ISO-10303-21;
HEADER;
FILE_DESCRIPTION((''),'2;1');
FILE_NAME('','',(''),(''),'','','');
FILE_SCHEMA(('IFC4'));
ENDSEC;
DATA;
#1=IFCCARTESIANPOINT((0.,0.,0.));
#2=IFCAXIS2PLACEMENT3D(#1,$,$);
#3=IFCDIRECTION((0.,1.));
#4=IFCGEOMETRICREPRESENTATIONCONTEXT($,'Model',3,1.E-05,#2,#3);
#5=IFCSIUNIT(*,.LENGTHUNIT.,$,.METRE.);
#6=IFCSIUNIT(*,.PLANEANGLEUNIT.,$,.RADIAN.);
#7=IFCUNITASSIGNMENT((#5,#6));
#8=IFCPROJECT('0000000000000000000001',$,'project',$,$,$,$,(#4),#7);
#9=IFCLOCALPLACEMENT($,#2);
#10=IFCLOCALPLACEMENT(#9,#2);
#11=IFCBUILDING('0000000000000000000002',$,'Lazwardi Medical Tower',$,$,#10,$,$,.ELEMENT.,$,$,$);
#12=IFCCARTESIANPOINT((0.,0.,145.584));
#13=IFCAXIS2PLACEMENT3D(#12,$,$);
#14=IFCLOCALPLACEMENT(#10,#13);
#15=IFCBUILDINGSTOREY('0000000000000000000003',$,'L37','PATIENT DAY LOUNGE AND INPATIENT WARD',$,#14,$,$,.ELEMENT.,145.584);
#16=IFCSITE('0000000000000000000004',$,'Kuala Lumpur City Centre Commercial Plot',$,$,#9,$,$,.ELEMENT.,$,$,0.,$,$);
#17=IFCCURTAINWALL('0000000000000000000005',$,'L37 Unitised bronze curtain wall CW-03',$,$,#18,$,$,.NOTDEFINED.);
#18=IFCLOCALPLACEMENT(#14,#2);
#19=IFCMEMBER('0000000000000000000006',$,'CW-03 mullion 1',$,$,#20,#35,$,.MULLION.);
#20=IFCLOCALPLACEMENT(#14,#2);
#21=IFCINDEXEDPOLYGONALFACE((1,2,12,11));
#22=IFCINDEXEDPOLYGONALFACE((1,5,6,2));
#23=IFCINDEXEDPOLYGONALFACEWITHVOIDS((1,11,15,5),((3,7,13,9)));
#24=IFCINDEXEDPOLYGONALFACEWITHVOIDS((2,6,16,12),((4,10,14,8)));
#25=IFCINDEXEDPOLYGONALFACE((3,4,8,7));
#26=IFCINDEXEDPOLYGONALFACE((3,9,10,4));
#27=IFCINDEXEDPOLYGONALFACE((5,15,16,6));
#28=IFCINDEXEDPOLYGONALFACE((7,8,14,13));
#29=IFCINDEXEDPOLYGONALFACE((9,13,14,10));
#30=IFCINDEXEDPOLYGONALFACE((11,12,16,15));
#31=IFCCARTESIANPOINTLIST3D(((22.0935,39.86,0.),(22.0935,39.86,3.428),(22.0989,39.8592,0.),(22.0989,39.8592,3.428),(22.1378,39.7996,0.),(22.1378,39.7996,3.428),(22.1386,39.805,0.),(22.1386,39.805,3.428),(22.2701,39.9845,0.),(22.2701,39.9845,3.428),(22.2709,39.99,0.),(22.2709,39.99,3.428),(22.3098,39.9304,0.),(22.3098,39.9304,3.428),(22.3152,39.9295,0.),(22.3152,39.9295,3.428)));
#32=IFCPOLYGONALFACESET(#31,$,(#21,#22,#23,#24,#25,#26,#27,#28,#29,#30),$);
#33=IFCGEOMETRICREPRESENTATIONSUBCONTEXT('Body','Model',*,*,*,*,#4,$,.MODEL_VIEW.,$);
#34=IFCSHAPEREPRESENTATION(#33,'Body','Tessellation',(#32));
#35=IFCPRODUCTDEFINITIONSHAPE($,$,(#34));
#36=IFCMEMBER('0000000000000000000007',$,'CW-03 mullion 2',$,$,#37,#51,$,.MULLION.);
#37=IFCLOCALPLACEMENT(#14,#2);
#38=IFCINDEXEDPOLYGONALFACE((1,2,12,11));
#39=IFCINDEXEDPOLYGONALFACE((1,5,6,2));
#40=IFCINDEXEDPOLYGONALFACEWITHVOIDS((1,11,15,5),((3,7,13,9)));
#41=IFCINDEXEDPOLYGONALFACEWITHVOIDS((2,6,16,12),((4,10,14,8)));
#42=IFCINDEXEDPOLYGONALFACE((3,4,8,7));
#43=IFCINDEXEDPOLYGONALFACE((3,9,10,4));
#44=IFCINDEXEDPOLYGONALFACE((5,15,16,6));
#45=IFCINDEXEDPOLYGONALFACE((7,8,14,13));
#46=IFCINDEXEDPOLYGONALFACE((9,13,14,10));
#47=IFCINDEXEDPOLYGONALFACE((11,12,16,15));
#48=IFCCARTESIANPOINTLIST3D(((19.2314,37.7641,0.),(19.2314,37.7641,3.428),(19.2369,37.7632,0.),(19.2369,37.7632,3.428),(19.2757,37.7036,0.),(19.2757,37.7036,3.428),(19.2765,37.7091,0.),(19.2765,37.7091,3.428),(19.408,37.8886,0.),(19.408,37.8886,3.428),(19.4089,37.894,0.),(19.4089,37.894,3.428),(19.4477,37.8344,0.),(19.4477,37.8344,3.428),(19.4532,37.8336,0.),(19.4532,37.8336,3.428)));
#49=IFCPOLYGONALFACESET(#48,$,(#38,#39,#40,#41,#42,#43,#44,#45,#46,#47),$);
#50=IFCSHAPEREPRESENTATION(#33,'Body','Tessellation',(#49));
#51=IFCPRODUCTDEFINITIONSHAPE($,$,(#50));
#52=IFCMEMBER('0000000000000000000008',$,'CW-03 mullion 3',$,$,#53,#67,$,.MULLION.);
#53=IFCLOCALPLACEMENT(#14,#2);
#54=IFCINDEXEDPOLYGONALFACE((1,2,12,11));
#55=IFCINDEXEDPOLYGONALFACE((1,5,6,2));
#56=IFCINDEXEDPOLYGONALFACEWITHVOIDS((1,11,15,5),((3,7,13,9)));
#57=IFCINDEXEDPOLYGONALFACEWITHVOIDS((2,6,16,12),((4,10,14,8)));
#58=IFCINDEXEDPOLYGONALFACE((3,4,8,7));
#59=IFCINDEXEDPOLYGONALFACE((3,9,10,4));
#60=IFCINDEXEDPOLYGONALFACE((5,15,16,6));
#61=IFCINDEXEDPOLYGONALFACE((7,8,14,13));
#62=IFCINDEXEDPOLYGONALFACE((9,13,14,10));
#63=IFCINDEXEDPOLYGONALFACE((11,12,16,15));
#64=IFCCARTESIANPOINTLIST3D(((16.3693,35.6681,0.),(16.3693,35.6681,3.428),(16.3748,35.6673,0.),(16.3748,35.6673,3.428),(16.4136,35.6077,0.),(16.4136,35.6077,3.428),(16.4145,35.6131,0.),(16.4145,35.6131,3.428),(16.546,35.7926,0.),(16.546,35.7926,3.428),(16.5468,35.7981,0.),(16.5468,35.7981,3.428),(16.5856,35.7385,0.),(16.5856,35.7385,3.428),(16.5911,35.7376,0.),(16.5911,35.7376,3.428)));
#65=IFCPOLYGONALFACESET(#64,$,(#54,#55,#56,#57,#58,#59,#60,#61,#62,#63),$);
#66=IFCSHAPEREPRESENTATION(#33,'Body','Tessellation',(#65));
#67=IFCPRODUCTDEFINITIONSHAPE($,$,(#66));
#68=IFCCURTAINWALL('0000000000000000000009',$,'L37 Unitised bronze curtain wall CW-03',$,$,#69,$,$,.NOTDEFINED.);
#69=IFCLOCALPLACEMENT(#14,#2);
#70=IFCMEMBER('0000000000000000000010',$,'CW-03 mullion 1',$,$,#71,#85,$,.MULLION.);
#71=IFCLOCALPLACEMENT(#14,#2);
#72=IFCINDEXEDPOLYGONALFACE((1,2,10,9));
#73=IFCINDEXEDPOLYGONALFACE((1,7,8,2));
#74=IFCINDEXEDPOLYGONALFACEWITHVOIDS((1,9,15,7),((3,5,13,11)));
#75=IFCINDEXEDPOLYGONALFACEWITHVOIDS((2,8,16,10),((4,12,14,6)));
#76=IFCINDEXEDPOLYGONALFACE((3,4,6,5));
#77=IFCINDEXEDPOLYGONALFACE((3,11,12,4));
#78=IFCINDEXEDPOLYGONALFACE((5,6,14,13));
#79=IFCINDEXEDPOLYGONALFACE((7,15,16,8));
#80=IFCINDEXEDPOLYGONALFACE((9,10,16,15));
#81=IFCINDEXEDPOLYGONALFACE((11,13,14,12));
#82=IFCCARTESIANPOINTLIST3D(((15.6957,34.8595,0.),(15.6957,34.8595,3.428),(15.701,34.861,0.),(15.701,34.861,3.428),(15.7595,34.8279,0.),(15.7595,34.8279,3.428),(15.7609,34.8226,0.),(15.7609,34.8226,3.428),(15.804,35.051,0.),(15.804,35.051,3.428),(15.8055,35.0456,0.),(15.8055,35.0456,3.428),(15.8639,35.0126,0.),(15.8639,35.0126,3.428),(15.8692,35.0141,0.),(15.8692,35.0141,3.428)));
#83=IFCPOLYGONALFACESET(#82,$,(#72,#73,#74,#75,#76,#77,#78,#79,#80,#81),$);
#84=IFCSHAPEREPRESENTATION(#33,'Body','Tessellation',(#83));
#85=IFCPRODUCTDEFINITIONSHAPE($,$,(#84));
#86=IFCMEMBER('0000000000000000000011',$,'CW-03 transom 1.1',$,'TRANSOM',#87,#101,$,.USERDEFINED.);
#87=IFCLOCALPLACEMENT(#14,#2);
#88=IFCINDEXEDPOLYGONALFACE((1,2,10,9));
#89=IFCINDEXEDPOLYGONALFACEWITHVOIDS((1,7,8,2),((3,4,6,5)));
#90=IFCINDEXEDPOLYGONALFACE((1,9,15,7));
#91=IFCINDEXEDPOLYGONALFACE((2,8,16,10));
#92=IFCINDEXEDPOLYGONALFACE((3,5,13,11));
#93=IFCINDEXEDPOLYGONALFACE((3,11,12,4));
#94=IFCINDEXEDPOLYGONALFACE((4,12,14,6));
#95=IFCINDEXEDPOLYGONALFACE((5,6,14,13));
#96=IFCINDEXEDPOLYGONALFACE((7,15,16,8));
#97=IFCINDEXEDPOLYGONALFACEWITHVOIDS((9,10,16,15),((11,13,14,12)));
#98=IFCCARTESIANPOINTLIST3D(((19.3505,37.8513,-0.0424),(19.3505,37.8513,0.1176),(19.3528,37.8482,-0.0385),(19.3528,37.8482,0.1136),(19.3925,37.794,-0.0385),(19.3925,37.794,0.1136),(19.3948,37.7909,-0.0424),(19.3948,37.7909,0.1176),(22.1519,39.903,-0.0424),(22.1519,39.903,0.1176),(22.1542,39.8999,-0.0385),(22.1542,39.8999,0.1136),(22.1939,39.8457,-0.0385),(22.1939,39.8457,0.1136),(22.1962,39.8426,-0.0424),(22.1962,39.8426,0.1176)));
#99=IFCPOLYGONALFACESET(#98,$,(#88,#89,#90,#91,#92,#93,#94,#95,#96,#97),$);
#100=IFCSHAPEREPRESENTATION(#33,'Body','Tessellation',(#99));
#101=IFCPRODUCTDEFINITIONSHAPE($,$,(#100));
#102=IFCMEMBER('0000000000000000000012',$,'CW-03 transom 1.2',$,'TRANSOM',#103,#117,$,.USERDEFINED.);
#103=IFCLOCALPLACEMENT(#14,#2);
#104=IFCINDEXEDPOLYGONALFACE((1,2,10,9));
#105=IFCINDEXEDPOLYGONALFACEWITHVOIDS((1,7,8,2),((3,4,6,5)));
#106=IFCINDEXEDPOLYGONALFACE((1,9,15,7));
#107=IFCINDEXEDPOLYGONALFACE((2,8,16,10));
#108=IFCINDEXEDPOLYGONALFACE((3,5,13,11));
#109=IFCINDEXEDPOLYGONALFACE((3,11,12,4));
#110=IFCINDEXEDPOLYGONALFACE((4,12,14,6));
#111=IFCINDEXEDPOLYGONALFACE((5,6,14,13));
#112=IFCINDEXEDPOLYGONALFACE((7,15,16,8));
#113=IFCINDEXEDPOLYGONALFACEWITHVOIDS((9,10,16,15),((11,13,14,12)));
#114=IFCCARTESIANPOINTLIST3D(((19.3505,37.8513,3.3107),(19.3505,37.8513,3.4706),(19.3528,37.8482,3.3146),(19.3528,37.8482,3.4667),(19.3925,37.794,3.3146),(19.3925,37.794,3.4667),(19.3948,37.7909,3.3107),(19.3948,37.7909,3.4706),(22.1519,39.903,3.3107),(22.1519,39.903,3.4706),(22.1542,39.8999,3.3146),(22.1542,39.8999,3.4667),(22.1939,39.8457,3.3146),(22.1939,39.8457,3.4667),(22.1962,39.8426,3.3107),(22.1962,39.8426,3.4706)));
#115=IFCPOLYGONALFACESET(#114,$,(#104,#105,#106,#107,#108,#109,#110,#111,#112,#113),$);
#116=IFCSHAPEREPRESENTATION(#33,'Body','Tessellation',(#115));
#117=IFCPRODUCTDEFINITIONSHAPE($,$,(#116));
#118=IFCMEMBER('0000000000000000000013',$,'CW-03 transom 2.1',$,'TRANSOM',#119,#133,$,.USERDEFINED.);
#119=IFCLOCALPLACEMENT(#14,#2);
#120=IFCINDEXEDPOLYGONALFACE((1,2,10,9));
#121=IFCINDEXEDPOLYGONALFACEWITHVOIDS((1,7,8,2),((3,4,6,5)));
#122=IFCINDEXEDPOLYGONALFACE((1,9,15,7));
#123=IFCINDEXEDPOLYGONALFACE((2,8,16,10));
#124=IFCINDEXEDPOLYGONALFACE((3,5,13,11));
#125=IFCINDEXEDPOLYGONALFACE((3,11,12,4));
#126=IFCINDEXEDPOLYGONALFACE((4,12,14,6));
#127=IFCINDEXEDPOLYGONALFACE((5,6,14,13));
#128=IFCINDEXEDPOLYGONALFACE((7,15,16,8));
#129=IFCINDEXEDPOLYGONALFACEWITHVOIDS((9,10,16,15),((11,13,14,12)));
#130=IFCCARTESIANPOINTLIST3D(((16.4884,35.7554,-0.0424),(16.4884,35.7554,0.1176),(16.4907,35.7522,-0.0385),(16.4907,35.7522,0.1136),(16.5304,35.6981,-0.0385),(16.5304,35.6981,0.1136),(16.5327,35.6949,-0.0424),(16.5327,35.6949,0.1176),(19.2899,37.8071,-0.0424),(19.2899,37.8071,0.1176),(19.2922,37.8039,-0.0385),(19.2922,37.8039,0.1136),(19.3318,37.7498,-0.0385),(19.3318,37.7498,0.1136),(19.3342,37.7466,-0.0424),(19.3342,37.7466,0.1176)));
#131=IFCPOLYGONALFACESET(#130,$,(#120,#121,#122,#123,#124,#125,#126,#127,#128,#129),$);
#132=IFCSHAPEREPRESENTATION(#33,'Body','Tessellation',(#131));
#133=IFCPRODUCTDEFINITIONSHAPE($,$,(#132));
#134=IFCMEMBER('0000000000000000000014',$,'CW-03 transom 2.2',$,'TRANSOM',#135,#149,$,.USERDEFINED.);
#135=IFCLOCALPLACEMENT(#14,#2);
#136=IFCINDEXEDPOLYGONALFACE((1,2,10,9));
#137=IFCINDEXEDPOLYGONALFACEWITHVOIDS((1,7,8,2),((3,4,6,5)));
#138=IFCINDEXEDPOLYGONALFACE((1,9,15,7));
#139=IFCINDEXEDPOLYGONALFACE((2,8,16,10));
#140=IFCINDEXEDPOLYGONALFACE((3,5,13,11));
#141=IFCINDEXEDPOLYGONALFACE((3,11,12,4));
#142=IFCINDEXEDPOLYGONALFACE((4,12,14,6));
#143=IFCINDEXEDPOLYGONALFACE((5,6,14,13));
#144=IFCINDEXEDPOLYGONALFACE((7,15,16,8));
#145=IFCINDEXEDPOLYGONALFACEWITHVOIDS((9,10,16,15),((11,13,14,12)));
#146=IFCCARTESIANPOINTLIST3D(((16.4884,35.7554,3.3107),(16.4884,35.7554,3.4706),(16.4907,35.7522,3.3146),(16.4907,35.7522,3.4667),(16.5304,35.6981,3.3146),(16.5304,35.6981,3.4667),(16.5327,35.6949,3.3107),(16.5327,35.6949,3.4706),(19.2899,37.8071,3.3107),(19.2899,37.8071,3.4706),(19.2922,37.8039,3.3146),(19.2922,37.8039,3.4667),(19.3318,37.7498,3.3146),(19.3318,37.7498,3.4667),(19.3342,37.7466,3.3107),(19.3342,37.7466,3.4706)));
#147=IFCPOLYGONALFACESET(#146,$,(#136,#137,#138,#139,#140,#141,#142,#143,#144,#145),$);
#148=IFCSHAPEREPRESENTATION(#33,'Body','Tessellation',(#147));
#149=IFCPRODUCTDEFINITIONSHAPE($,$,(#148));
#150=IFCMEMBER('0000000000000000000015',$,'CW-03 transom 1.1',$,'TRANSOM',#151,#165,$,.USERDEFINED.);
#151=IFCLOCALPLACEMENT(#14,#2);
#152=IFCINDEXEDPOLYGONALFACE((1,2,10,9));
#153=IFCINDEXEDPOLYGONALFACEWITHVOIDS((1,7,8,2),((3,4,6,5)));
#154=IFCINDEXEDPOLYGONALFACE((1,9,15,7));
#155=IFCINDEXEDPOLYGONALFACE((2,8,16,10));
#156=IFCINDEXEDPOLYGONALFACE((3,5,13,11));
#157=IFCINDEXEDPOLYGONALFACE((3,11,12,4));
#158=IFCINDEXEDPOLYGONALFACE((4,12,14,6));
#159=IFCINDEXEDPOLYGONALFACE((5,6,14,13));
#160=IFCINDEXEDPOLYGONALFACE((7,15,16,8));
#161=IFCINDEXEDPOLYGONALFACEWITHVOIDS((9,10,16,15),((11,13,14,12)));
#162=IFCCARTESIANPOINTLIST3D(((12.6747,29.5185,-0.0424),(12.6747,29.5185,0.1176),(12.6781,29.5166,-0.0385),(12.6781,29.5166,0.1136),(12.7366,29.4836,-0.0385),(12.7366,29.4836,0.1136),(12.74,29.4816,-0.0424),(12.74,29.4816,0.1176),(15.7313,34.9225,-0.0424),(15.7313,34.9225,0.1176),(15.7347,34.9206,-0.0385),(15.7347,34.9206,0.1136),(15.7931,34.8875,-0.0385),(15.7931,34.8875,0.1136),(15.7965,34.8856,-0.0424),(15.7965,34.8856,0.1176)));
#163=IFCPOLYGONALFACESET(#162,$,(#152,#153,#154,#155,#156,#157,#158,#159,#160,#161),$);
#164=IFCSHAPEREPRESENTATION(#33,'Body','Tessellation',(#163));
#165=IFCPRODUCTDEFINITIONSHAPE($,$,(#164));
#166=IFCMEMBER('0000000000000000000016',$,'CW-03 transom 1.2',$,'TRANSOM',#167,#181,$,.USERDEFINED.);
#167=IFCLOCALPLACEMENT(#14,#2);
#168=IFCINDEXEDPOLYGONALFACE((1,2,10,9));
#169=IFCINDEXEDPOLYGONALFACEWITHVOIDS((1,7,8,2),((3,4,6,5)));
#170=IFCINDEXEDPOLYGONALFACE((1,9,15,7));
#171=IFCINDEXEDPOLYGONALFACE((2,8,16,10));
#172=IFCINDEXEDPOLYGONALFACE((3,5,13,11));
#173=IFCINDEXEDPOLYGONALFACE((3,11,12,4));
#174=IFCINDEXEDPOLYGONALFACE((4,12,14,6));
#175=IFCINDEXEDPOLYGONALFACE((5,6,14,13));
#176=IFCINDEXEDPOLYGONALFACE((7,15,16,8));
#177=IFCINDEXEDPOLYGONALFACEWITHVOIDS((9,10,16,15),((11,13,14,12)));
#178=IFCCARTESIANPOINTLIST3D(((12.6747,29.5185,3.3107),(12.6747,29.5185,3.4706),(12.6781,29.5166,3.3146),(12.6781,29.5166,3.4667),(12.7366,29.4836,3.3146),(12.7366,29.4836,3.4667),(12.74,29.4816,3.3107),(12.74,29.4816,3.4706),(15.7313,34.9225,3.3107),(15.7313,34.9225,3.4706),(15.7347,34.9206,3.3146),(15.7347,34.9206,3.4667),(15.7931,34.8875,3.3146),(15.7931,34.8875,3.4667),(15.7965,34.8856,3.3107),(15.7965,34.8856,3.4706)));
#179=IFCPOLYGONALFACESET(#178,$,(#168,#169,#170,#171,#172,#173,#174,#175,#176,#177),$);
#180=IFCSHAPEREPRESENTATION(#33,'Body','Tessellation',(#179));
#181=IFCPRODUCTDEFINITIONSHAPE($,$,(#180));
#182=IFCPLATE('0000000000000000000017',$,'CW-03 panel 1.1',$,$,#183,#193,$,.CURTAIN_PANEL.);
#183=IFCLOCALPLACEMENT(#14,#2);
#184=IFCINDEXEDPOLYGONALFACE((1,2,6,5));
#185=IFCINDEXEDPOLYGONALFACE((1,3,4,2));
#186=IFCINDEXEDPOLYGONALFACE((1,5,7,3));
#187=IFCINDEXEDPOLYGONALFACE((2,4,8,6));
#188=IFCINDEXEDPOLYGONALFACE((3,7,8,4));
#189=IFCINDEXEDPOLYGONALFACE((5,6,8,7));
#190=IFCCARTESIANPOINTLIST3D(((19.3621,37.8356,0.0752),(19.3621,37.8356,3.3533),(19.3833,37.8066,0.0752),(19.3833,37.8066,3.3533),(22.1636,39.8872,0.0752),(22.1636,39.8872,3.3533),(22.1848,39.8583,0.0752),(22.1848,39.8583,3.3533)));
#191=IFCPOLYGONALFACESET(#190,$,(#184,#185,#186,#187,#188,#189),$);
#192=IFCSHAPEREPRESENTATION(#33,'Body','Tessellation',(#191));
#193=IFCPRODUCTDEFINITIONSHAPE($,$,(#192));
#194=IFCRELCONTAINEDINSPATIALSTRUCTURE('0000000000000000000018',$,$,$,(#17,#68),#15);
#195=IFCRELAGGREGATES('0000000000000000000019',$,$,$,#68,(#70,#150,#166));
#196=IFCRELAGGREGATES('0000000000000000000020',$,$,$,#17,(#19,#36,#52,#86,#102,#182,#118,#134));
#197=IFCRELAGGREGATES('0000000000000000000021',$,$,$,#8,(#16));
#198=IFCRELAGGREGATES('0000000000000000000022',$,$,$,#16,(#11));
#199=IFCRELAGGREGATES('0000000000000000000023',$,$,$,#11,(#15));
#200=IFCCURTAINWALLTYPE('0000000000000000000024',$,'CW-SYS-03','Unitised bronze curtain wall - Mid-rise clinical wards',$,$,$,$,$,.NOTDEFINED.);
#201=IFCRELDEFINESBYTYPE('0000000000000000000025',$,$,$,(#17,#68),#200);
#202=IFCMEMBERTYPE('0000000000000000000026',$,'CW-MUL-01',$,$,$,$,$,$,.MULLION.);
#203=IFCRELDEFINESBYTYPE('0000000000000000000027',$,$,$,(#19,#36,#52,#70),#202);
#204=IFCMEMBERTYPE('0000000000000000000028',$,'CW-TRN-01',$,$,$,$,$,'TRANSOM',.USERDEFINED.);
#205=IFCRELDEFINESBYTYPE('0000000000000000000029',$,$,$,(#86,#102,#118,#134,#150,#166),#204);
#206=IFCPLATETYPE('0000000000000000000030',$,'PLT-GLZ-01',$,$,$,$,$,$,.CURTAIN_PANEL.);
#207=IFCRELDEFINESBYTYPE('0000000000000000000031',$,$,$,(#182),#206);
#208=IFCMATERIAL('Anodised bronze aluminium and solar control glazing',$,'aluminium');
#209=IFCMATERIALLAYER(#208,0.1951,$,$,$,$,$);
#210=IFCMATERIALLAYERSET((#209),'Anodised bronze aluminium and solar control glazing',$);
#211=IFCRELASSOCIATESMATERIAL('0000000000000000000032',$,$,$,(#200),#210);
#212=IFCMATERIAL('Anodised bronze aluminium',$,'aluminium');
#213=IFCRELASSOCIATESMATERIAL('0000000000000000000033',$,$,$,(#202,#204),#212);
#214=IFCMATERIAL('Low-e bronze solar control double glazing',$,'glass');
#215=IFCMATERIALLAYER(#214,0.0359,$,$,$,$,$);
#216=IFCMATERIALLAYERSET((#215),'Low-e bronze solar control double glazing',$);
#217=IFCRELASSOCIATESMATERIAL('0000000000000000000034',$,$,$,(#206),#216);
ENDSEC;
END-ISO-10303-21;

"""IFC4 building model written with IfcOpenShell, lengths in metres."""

from ifc_helpers import new_model, si_unit, direction, frame, origin, origin_2d, place, context, subcontext, project, spatial, rectangle, hollow_rectangle, extrude, material, layer, layer_set, material_profile, profile_set, type_object, element, aggregate, save


model = new_model("IFC4")

# Units and contexts
model_context = context("Model", 3, precision=1e-05, world=origin(), true_north=direction((0.0, 1.0)))
body_context = subcontext(model_context, "Body", "Model", "MODEL_VIEW")
ifc_project = project(units=[si_unit("LENGTHUNIT", "METRE"), si_unit("PLANEANGLEUNIT", "RADIAN")], contexts=[model_context])

# Site, building, storey
site_placement = place(None, origin())
site = spatial("IfcSite", under=ifc_project, at=site_placement, Name="Kuala Lumpur City Centre Commercial Plot", CompositionType="ELEMENT", RefElevation=0.0)
building_placement = place(site_placement, origin())
building = spatial("IfcBuilding", under=site, at=building_placement, Name="Lazwardi Medical Tower", CompositionType="ELEMENT")
storey_placement = place(building_placement, frame((0.0, 0.0, 145.584)))
storey = spatial("IfcBuildingStorey", under=building, at=storey_placement, Name="L37", Description="PATIENT DAY LOUNGE AND INPATIENT WARD", CompositionType="ELEMENT", Elevation=145.584)

# Shared definitions
ifc_material_1 = material(Name="Anodised bronze aluminium and solar control glazing", Category="aluminium")
ifc_layer_1 = layer(ifc_material_1, 0.1951)
ifc_layer_set_1 = layer_set([ifc_layer_1], Name="Anodised bronze aluminium and solar control glazing")
curtain_wall_type = type_object("IfcCurtainWallType", Name="CW-SYS-03", Description="Unitised bronze curtain wall - Mid-rise clinical wards", PredefinedType="NOTDEFINED", material=ifc_layer_set_1)
ifc_material_2 = material(Name="Anodised bronze aluminium", Category="aluminium")
ifc_material_profile_1 = material_profile(ifc_material_2, hollow_rectangle(XDim=0.075, YDim=0.22, WallThickness=0.0039, at=origin_2d()), Name="ALU-MULLION 220x75x4")
ifc_profile_set_1 = profile_set([ifc_material_profile_1], Name="Anodised bronze aluminium")
member_type_1 = type_object("IfcMemberType", Name="CW-MUL-01", PredefinedType="MULLION", material=ifc_profile_set_1)

# Curtain wall, members
curtain_wall_1_placement = place(storey_placement, origin())
curtain_wall_1 = element("IfcCurtainWall", 1, at=curtain_wall_1_placement, inside=storey, type_object=curtain_wall_type, Name="L37 Unitised bronze curtain wall CW-03", PredefinedType="NOTDEFINED")
member_1_placement = place(storey_placement, frame((22.2043, 39.8948, 0.0), z_axis=(0.0, 0.0, 1.0), x_axis=(0.590834, -0.806793, 0.0)))
member_1 = element("IfcMember", 2, at=member_1_placement, type_object=member_type_1, Name="CW-03 mullion 1", PredefinedType="MULLION", context=body_context, shape_type="SweptSolid", body=[
    extrude(hollow_rectangle(XDim=0.075, YDim=0.22, WallThickness=0.0039, at=origin_2d()), origin(), (0.0, 0.0, 1.0), 3.428),
])
member_2_placement = place(storey_placement, frame((19.3423, 37.7988, 0.0), z_axis=(0.0, 0.0, 1.0), x_axis=(0.590834, -0.806793, 0.0)))
member_2 = element("IfcMember", 3, at=member_2_placement, type_object=member_type_1, Name="CW-03 mullion 2", PredefinedType="MULLION", context=body_context, shape_type="SweptSolid", body=[
    extrude(hollow_rectangle(XDim=0.075, YDim=0.22, WallThickness=0.0039, at=origin_2d()), origin(), (0.0, 0.0, 1.0), 3.428),
])
member_3_placement = place(storey_placement, frame((16.4802, 35.7029, 0.0), z_axis=(0.0, 0.0, 1.0), x_axis=(0.590834, -0.806793, 0.0)))
member_3 = element("IfcMember", 4, at=member_3_placement, type_object=member_type_1, Name="CW-03 mullion 3", PredefinedType="MULLION", context=body_context, shape_type="SweptSolid", body=[
    extrude(hollow_rectangle(XDim=0.075, YDim=0.22, WallThickness=0.0039, at=origin_2d()), origin(), (0.0, 0.0, 1.0), 3.428),
])

# Curtain wall, member
curtain_wall_2_placement = place(storey_placement, origin())
curtain_wall_2 = element("IfcCurtainWall", 5, at=curtain_wall_2_placement, inside=storey, type_object=curtain_wall_type, Name="L37 Unitised bronze curtain wall CW-03", PredefinedType="NOTDEFINED")
member_4_placement = place(storey_placement, frame((15.7825, 34.9368, 0.0), z_axis=(0.0, 0.0, 1.0), x_axis=(0.870419, -0.492312, 0.0)))
member_4 = element("IfcMember", 6, at=member_4_placement, type_object=member_type_1, Name="CW-03 mullion 1", PredefinedType="MULLION", context=body_context, shape_type="SweptSolid", body=[
    extrude(hollow_rectangle(XDim=0.075, YDim=0.22, WallThickness=0.0039, at=origin_2d()), origin(), (0.0, 0.0, 1.0), 3.428),
])

# Members
ifc_material_profile_2 = material_profile(ifc_material_2, hollow_rectangle(XDim=0.075, YDim=0.1599, WallThickness=0.0039, at=origin_2d()), Name="ALU-TRANSOM 160x75x4")
ifc_profile_set_2 = profile_set([ifc_material_profile_2], Name="Anodised bronze aluminium")
member_type_2 = type_object("IfcMemberType", Name="CW-TRN-01", ElementType="TRANSOM", PredefinedType="USERDEFINED", material=ifc_profile_set_2)
member_5_placement = place(storey_placement, frame((22.1741, 39.8728, 0.0376), z_axis=(-0.806774, -0.590861, 0.0), x_axis=(0.590861, -0.806774, 0.0)))
member_5 = element("IfcMember", 7, at=member_5_placement, type_object=member_type_2, Name="CW-03 transom 1.1", ObjectType="TRANSOM", PredefinedType="USERDEFINED", context=body_context, shape_type="SweptSolid", body=[
    extrude(hollow_rectangle(XDim=0.075, YDim=0.1599, WallThickness=0.0039, at=origin_2d()), origin(), (0.0, 0.0, 1.0), 3.4724),
])
member_6_placement = place(storey_placement, frame((22.1741, 39.8728, 3.3906), z_axis=(-0.806774, -0.590861, 0.0), x_axis=(0.590861, -0.806774, 0.0)))
member_6 = element("IfcMember", 8, at=member_6_placement, type_object=member_type_2, Name="CW-03 transom 1.2", ObjectType="TRANSOM", PredefinedType="USERDEFINED", context=body_context, shape_type="SweptSolid", body=[
    extrude(hollow_rectangle(XDim=0.075, YDim=0.1599, WallThickness=0.0039, at=origin_2d()), origin(), (0.0, 0.0, 1.0), 3.4724),
])
member_7_placement = place(storey_placement, frame((19.312, 37.7769, 0.0376), z_axis=(-0.806774, -0.590861, 0.0), x_axis=(0.590861, -0.806774, 0.0)))
member_7 = element("IfcMember", 9, at=member_7_placement, type_object=member_type_2, Name="CW-03 transom 2.1", ObjectType="TRANSOM", PredefinedType="USERDEFINED", context=body_context, shape_type="SweptSolid", body=[
    extrude(hollow_rectangle(XDim=0.075, YDim=0.1599, WallThickness=0.0039, at=origin_2d()), origin(), (0.0, 0.0, 1.0), 3.4724),
])
member_8_placement = place(storey_placement, frame((19.312, 37.7769, 3.3906), z_axis=(-0.806774, -0.590861, 0.0), x_axis=(0.590861, -0.806774, 0.0)))
member_8 = element("IfcMember", 10, at=member_8_placement, type_object=member_type_2, Name="CW-03 transom 2.2", ObjectType="TRANSOM", PredefinedType="USERDEFINED", context=body_context, shape_type="SweptSolid", body=[
    extrude(hollow_rectangle(XDim=0.075, YDim=0.1599, WallThickness=0.0039, at=origin_2d()), origin(), (0.0, 0.0, 1.0), 3.4724),
])
member_9_placement = place(storey_placement, frame((15.7639, 34.9041, 0.0376), z_axis=(-0.492323, -0.870413, 0.0), x_axis=(0.870413, -0.492323, 0.0)))
member_9 = element("IfcMember", 11, at=member_9_placement, type_object=member_type_2, Name="CW-03 transom 1.1", ObjectType="TRANSOM", PredefinedType="USERDEFINED", context=body_context, shape_type="SweptSolid", body=[
    extrude(hollow_rectangle(XDim=0.075, YDim=0.1599, WallThickness=0.0039, at=origin_2d()), origin(), (0.0, 0.0, 1.0), 6.2085),
])
member_10_placement = place(storey_placement, frame((15.7639, 34.9041, 3.3906), z_axis=(-0.492323, -0.870413, 0.0), x_axis=(0.870413, -0.492323, 0.0)))
member_10 = element("IfcMember", 12, at=member_10_placement, type_object=member_type_2, Name="CW-03 transom 1.2", ObjectType="TRANSOM", PredefinedType="USERDEFINED", context=body_context, shape_type="SweptSolid", body=[
    extrude(hollow_rectangle(XDim=0.075, YDim=0.1599, WallThickness=0.0039, at=origin_2d()), origin(), (0.0, 0.0, 1.0), 6.2085),
])
aggregate(curtain_wall_2, [member_4, member_9, member_10])

# Plate
ifc_material_3 = material(Name="Low-e bronze solar control double glazing", Category="glass")
ifc_layer_2 = layer(ifc_material_3, 0.0359)
ifc_layer_set_2 = layer_set([ifc_layer_2], Name="Low-e bronze solar control double glazing")
plate_type = type_object("IfcPlateType", Name="PLT-GLZ-01", PredefinedType="CURTAIN_PANEL", material=ifc_layer_set_2)
plate_1_placement = place(storey_placement, frame((20.7734, 38.8469, 0.0752), z_axis=(0.0, 0.0, 1.0), x_axis=(-0.806793, -0.590834, 0.0)))
plate_1 = element("IfcPlate", 13, at=plate_1_placement, type_object=plate_type, Name="CW-03 panel 1.1", PredefinedType="CURTAIN_PANEL", context=body_context, shape_type="SweptSolid", body=[
    extrude(rectangle(XDim=3.4724, YDim=0.0359, at=origin_2d()), origin(), (0.0, 0.0, 1.0), 3.2781),
])
aggregate(curtain_wall_1, [member_1, member_2, member_3, member_5, member_6, plate_1, member_7, member_8])

save(model, "model.ifc")
